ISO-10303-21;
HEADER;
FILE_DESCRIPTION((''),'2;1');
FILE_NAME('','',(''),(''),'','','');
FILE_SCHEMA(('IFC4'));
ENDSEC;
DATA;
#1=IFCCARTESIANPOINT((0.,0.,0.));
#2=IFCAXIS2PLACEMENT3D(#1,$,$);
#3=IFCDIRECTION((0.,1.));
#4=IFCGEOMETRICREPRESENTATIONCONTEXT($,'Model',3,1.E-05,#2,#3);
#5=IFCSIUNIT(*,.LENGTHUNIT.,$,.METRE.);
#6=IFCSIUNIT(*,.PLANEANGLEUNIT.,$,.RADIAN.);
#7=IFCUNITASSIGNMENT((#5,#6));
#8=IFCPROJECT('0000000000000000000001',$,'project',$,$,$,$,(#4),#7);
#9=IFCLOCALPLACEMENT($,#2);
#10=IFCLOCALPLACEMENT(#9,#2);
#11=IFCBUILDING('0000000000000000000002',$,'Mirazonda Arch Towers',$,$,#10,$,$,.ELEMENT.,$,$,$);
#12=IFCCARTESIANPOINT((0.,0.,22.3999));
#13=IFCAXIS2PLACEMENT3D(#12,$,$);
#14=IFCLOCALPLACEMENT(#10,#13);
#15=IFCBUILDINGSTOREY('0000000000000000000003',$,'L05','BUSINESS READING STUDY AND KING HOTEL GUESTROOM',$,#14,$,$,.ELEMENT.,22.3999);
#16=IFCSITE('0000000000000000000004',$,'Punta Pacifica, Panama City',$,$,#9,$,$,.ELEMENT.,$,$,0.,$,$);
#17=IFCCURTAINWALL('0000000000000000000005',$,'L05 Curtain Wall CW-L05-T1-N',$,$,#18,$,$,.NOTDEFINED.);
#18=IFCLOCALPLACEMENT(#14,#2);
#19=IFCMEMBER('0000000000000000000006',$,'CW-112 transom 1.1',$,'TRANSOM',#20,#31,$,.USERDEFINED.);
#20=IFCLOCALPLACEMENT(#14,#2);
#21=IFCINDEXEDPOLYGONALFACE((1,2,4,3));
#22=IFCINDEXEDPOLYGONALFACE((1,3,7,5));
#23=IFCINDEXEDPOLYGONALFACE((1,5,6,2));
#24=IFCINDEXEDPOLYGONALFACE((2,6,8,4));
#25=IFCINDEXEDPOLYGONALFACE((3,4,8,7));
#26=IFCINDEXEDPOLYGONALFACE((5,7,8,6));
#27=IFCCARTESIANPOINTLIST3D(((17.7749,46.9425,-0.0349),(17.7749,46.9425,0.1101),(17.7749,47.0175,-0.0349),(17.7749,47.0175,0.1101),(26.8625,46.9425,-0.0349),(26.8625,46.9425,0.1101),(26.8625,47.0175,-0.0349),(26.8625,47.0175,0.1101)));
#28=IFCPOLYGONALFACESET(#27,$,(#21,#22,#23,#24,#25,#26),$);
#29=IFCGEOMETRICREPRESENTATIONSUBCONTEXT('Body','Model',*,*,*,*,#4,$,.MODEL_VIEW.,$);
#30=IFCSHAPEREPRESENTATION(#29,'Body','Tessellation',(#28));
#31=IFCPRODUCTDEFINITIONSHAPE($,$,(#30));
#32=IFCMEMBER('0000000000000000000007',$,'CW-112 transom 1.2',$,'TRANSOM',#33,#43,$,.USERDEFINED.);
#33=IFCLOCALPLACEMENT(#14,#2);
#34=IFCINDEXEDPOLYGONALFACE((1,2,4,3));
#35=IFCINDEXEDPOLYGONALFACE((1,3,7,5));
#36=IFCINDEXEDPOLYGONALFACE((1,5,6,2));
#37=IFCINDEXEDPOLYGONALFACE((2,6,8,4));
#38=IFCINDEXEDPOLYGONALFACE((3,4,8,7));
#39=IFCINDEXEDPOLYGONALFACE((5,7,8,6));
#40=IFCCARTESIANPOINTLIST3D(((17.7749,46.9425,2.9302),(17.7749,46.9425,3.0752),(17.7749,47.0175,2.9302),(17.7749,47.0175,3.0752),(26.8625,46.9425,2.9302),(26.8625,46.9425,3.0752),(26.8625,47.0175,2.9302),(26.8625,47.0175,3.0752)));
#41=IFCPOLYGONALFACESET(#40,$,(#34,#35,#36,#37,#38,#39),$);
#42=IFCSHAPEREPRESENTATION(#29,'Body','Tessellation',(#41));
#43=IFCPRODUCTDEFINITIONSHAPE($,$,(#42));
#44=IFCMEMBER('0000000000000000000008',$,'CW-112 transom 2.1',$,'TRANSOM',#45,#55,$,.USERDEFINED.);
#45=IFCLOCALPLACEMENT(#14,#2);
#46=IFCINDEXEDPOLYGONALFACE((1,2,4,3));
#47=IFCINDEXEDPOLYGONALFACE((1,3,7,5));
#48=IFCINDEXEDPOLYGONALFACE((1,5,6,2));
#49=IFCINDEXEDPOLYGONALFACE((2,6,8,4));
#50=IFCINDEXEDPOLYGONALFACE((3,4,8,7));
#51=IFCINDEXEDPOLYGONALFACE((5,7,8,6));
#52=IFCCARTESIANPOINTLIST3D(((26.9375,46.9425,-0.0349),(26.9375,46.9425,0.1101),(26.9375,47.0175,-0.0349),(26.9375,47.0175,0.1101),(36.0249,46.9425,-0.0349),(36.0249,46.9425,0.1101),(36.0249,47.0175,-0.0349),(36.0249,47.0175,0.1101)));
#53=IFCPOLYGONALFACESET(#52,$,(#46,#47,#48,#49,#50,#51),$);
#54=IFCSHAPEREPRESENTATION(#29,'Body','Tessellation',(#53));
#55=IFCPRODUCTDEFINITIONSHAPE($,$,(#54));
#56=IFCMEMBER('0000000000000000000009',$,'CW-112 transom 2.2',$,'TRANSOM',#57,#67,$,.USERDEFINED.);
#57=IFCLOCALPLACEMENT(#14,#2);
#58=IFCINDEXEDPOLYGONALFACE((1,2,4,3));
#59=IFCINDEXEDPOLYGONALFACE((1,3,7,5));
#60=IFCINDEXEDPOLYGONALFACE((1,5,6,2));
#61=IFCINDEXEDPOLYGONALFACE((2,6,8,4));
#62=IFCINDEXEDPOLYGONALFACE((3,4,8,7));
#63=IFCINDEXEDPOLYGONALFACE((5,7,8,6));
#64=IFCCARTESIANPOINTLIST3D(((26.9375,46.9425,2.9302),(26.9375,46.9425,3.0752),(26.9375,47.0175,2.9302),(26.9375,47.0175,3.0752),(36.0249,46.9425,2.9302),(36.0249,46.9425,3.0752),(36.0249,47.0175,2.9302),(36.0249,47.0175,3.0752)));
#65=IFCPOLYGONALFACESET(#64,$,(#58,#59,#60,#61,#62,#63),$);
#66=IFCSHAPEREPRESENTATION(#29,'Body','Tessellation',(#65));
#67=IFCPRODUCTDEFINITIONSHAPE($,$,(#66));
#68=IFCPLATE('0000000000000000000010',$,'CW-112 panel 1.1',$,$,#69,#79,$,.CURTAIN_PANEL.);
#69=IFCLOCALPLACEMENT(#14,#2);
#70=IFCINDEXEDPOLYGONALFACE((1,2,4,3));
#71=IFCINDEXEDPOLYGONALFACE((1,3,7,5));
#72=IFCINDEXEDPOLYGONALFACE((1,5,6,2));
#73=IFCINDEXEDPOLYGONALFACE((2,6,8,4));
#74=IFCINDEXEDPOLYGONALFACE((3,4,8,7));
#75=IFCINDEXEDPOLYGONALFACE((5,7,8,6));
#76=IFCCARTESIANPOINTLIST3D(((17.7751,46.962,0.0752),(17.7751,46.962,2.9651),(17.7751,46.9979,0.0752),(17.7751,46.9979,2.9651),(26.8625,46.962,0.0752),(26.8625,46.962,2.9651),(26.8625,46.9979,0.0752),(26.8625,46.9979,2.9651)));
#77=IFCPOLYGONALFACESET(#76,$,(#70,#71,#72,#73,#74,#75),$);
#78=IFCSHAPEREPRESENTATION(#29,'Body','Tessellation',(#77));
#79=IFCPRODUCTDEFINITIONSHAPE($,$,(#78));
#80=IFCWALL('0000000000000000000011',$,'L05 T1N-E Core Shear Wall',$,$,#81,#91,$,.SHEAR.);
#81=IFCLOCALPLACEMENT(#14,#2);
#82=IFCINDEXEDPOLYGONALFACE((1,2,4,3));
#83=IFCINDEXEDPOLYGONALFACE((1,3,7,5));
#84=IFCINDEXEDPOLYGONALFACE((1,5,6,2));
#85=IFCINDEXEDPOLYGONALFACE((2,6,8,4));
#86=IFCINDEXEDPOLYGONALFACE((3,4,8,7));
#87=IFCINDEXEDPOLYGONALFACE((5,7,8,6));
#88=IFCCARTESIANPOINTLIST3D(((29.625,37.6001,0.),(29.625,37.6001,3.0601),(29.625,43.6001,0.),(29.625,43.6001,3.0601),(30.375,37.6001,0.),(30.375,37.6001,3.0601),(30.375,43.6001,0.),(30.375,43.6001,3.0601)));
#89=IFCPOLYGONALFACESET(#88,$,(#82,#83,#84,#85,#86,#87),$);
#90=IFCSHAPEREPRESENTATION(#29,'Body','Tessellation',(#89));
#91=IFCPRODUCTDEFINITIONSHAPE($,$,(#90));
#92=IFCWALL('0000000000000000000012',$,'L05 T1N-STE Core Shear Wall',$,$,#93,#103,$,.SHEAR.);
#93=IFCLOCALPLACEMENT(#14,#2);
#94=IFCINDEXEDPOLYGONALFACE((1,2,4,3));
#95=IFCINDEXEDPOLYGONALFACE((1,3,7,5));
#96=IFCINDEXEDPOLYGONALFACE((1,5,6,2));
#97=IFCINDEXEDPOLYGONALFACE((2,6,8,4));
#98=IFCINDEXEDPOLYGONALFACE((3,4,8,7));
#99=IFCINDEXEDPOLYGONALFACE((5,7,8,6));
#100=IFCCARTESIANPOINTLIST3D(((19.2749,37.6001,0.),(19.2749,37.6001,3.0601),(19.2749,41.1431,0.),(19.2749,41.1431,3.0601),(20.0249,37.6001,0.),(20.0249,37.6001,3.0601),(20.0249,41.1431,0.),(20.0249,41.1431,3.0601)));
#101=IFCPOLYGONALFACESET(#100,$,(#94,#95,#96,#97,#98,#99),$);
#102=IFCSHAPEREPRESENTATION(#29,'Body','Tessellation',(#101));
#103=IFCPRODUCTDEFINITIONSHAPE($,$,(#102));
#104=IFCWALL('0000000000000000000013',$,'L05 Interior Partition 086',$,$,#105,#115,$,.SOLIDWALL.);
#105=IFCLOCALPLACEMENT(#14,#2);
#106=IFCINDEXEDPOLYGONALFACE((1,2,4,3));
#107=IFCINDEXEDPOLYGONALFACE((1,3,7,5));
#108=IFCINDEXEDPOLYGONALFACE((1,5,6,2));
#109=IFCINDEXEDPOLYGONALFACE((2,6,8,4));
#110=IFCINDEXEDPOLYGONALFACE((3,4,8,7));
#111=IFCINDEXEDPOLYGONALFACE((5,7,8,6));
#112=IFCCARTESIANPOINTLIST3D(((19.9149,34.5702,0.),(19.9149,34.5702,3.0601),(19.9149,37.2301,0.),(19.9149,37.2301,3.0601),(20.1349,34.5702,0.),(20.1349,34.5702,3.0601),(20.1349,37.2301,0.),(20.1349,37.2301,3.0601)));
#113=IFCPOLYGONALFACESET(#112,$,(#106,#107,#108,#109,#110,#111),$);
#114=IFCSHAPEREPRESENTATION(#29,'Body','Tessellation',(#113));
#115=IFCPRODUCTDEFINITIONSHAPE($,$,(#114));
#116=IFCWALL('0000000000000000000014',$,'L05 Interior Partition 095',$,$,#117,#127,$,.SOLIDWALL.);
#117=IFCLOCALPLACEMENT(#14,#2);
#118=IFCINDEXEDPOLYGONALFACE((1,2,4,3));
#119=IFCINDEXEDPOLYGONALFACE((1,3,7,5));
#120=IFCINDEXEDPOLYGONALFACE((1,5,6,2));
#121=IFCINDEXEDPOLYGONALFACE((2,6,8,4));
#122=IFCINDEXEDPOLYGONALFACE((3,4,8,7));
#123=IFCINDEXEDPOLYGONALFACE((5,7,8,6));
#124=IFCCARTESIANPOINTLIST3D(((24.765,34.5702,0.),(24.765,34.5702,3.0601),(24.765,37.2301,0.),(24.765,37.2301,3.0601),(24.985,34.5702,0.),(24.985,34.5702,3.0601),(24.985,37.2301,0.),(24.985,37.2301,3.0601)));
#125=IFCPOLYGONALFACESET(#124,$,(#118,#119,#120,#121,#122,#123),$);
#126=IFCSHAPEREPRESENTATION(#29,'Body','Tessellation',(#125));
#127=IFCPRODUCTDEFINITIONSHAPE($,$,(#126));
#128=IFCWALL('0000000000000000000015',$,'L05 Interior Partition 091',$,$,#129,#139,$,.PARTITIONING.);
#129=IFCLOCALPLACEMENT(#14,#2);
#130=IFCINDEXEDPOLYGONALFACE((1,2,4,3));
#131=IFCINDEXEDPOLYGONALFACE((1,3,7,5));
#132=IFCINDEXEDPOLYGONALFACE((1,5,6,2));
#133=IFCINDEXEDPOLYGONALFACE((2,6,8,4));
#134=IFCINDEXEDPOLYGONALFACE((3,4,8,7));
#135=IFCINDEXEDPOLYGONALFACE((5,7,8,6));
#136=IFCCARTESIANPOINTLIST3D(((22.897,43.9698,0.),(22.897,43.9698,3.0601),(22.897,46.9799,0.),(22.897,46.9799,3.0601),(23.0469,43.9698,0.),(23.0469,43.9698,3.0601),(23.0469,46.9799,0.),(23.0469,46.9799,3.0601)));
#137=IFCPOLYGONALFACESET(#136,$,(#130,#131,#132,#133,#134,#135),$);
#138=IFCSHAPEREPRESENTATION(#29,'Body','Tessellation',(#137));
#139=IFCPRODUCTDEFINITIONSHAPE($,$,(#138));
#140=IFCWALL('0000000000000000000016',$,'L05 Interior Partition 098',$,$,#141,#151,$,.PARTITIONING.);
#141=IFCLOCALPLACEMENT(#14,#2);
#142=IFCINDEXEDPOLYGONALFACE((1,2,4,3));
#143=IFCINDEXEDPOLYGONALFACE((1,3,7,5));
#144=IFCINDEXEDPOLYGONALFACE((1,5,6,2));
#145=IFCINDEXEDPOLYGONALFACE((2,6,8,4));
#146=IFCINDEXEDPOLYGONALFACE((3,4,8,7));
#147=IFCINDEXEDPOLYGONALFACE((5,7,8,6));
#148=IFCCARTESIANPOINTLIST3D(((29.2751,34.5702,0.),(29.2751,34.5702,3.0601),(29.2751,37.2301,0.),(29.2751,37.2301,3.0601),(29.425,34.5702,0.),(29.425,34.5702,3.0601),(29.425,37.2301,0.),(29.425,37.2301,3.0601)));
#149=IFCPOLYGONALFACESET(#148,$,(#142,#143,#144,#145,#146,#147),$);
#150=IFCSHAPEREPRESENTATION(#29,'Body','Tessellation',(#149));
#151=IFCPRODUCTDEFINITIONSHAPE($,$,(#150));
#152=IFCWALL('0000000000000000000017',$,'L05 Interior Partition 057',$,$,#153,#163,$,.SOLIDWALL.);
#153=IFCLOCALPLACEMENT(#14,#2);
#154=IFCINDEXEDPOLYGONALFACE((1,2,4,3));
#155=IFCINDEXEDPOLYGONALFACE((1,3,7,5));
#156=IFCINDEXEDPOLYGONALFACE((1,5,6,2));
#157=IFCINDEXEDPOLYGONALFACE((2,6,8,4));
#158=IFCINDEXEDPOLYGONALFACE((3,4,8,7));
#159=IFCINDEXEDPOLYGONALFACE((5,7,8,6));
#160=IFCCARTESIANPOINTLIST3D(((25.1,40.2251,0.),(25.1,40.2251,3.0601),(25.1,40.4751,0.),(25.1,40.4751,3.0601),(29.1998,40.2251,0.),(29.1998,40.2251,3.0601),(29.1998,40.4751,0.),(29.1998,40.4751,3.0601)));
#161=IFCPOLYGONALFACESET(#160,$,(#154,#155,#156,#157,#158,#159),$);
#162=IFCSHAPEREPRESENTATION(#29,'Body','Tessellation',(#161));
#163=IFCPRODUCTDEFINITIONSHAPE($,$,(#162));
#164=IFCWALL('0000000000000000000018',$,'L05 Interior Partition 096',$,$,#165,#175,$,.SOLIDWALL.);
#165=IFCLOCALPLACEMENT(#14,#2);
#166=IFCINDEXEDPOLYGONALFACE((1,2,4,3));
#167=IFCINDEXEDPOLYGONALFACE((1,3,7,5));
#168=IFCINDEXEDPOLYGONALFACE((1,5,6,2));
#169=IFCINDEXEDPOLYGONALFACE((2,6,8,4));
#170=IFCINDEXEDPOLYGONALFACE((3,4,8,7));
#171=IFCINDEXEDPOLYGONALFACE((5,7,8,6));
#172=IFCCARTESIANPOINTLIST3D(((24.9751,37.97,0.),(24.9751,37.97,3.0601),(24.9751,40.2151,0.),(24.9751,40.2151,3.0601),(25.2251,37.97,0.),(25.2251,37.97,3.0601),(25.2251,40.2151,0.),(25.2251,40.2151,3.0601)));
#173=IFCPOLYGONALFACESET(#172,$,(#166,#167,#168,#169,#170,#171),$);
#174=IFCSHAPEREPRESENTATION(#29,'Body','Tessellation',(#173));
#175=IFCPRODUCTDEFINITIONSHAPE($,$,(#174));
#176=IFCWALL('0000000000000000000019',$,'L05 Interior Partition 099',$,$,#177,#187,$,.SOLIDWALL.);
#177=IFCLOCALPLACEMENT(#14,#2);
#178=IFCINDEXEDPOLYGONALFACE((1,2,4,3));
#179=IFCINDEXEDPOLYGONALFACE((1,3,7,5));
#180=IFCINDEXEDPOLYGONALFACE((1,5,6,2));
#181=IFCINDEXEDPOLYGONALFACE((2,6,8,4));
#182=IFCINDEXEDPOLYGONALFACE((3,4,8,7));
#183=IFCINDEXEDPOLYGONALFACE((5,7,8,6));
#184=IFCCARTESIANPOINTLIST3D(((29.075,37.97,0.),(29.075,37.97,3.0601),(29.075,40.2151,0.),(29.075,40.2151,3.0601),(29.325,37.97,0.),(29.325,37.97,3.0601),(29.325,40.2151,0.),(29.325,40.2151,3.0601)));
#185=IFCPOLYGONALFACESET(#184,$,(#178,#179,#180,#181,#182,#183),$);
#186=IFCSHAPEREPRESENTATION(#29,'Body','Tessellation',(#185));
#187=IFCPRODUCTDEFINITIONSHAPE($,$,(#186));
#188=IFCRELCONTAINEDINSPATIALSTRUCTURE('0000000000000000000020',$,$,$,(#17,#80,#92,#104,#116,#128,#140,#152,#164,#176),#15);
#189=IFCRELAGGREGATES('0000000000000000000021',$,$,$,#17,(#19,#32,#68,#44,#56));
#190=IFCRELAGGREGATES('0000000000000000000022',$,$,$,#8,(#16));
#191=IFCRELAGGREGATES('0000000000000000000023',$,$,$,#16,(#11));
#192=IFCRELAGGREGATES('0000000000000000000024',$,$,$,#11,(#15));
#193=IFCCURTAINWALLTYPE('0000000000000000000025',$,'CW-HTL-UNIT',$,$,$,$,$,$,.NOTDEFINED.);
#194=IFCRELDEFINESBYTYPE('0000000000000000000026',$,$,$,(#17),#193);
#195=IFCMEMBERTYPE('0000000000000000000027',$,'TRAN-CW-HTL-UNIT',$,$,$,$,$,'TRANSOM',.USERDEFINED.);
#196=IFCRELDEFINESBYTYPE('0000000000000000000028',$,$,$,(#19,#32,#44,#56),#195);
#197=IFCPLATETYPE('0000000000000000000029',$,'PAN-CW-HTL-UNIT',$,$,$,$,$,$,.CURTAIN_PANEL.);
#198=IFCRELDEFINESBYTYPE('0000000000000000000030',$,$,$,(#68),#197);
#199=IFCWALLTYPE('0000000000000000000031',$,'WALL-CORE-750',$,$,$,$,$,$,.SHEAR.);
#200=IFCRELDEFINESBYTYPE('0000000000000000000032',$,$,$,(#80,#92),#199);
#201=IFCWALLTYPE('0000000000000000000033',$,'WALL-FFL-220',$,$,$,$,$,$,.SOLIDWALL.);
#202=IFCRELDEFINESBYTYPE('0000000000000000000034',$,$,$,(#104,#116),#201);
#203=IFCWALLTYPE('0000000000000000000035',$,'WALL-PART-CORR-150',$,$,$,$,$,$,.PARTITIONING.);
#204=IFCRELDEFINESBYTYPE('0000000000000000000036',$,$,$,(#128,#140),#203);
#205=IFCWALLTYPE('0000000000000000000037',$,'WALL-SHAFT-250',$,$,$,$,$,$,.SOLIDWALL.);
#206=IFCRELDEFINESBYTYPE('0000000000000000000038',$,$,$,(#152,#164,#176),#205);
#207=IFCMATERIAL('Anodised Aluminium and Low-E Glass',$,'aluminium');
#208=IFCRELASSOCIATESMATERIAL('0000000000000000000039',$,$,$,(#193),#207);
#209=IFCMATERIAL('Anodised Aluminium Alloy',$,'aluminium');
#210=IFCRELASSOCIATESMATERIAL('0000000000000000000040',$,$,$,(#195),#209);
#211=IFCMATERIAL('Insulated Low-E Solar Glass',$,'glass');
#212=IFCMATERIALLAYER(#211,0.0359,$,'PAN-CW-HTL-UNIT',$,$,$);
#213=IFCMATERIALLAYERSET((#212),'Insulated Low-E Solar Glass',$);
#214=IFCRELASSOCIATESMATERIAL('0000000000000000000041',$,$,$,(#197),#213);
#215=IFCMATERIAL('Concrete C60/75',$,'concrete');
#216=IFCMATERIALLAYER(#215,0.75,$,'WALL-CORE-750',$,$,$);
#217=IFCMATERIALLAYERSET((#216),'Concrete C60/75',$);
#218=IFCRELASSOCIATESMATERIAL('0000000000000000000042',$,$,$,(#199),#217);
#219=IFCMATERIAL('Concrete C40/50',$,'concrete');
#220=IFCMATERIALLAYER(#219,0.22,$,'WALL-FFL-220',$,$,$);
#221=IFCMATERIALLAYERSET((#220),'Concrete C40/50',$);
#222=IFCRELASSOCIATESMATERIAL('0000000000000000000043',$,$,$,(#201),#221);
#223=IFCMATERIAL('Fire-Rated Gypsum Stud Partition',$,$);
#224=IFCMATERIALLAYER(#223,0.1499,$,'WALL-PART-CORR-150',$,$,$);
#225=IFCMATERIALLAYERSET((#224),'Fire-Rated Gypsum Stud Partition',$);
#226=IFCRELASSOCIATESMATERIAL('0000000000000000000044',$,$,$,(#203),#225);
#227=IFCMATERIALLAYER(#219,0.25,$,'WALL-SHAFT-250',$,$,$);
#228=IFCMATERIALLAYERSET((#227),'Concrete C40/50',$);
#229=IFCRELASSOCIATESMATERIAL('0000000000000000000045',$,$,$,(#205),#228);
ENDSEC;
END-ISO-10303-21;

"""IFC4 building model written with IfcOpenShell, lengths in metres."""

from ifc_helpers import new_model, si_unit, direction, frame, frame_2d, origin, origin_2d, place, context, subcontext, project, spatial, rectangle, extrude, material, layer, layer_set, material_profile, profile_set, type_object, element, aggregate, save


model = new_model("IFC4")

# Units and contexts
model_context = context("Model", 3, precision=1e-05, world=origin(), true_north=direction((0.0, 1.0)))
body_context = subcontext(model_context, "Body", "Model", "MODEL_VIEW")
ifc_project = project(units=[si_unit("LENGTHUNIT", "METRE"), si_unit("PLANEANGLEUNIT", "RADIAN")], contexts=[model_context])

# Site, building, storey
site_placement = place(None, origin())
site = spatial("IfcSite", under=ifc_project, at=site_placement, Name="Punta Pacifica, Panama City", CompositionType="ELEMENT", RefElevation=0.0)
building_placement = place(site_placement, origin())
building = spatial("IfcBuilding", under=site, at=building_placement, Name="Mirazonda Arch Towers", CompositionType="ELEMENT")
storey_placement = place(building_placement, frame((0.0, 0.0, 22.3999)))
storey = spatial("IfcBuildingStorey", under=building, at=storey_placement, Name="L05", Description="BUSINESS READING STUDY AND KING HOTEL GUESTROOM", CompositionType="ELEMENT", Elevation=22.3999)

# Shared definitions
ifc_material_1 = material(Name="Concrete C60/75", Category="concrete")

# Curtain wall, members, plate
ifc_material_2 = material(Name="Anodised Aluminium and Low-E Glass", Category="aluminium")
curtain_wall_type = type_object("IfcCurtainWallType", Name="CW-HTL-UNIT", PredefinedType="NOTDEFINED", material=ifc_material_2)
curtain_wall_placement = place(storey_placement, origin())
curtain_wall = element("IfcCurtainWall", 1, at=curtain_wall_placement, inside=storey, type_object=curtain_wall_type, Name="L05 Curtain Wall CW-L05-T1-N", PredefinedType="NOTDEFINED")
ifc_material_3 = material(Name="Anodised Aluminium Alloy", Category="aluminium")
ifc_material_profile_1 = material_profile(ifc_material_3, rectangle(XDim=0.075, YDim=0.145, at=origin_2d()), Name="ALU-TRAN-75x145")
ifc_profile_set_1 = profile_set([ifc_material_profile_1], Name="Anodised Aluminium Alloy")
member_type_1 = type_object("IfcMemberType", Name="TRAN-CW-HTL-UNIT", ElementType="TRANSOM", PredefinedType="USERDEFINED", material=ifc_profile_set_1)
member_1_placement = place(storey_placement, frame((17.7749, 46.98, 0.0376), z_axis=(1.0, 0.0, 0.0), x_axis=(0.0, 1.0, 0.0)))
member_1 = element("IfcMember", 2, at=member_1_placement, type_object=member_type_1, Name="CW-112 transom 1.1", ObjectType="TRANSOM", PredefinedType="USERDEFINED", context=body_context, shape_type="SweptSolid", body=[
    extrude(rectangle(XDim=0.075, YDim=0.145, at=origin_2d()), origin(), (0.0, 0.0, 1.0), 9.0876),
])
member_2_placement = place(storey_placement, frame((17.7749, 46.98, 3.0027), z_axis=(1.0, 0.0, 0.0), x_axis=(0.0, 1.0, 0.0)))
member_2 = element("IfcMember", 3, at=member_2_placement, type_object=member_type_1, Name="CW-112 transom 1.2", ObjectType="TRANSOM", PredefinedType="USERDEFINED", context=body_context, shape_type="SweptSolid", body=[
    extrude(rectangle(XDim=0.075, YDim=0.145, at=origin_2d()), origin(), (0.0, 0.0, 1.0), 9.0876),
])
member_3_placement = place(storey_placement, frame((26.9375, 46.98, 0.0376), z_axis=(1.0, 0.0, 0.0), x_axis=(0.0, 1.0, 0.0)))
member_3 = element("IfcMember", 4, at=member_3_placement, type_object=member_type_1, Name="CW-112 transom 2.1", ObjectType="TRANSOM", PredefinedType="USERDEFINED", context=body_context, shape_type="SweptSolid", body=[
    extrude(rectangle(XDim=0.075, YDim=0.145, at=origin_2d()), origin(), (0.0, 0.0, 1.0), 9.0874),
])
member_4_placement = place(storey_placement, frame((26.9375, 46.98, 3.0027), z_axis=(1.0, 0.0, 0.0), x_axis=(0.0, 1.0, 0.0)))
member_4 = element("IfcMember", 5, at=member_4_placement, type_object=member_type_1, Name="CW-112 transom 2.2", ObjectType="TRANSOM", PredefinedType="USERDEFINED", context=body_context, shape_type="SweptSolid", body=[
    extrude(rectangle(XDim=0.075, YDim=0.145, at=origin_2d()), origin(), (0.0, 0.0, 1.0), 9.0874),
])
ifc_material_4 = material(Name="Insulated Low-E Solar Glass", Category="glass")
ifc_layer_1 = layer(ifc_material_4, 0.0359, Name="PAN-CW-HTL-UNIT")
ifc_layer_set_1 = layer_set([ifc_layer_1], Name="Insulated Low-E Solar Glass")
plate_type = type_object("IfcPlateType", Name="PAN-CW-HTL-UNIT", PredefinedType="CURTAIN_PANEL", material=ifc_layer_set_1)
plate_placement = place(storey_placement, frame((22.3188, 46.98, 0.0752), z_axis=(0.0, 0.0, 1.0), x_axis=(1.0, 0.0, 0.0)))
plate = element("IfcPlate", 6, at=plate_placement, type_object=plate_type, Name="CW-112 panel 1.1", PredefinedType="CURTAIN_PANEL", context=body_context, shape_type="SweptSolid", body=[
    extrude(rectangle(XDim=9.0874, YDim=0.0359, at=origin_2d()), origin(), (0.0, 0.0, 1.0), 2.8899),
])
aggregate(curtain_wall, [member_1, member_2, plate, member_3, member_4])

# Walls
ifc_layer_2 = layer(ifc_material_1, 0.75, Name="WALL-CORE-750")
ifc_layer_set_2 = layer_set([ifc_layer_2], Name="Concrete C60/75")
wall_type_1 = type_object("IfcWallType", Name="WALL-CORE-750", PredefinedType="SHEAR", material=ifc_layer_set_2)
wall_1_placement = place(storey_placement, frame((30.0, 37.6001, 0.0), z_axis=(0.0, 0.0, 1.0), x_axis=(0.0, 1.0, 0.0)))
element("IfcWall", 7, at=wall_1_placement, inside=storey, type_object=wall_type_1, Name="L05 T1N-E Core Shear Wall", PredefinedType="SHEAR", context=body_context, shape_type="SweptSolid", body=[
    extrude(rectangle(XDim=6.0, YDim=0.75, at=frame_2d((3.0, 0.0))), origin(), (0.0, 0.0, 1.0), 3.0601),
])
wall_2_placement = place(storey_placement, frame((19.6499, 37.6001, 0.0), z_axis=(0.0, 0.0, 1.0), x_axis=(0.0, 1.0, 0.0)))
element("IfcWall", 8, at=wall_2_placement, inside=storey, type_object=wall_type_1, Name="L05 T1N-STE Core Shear Wall", PredefinedType="SHEAR", context=body_context, shape_type="SweptSolid", body=[
    extrude(rectangle(XDim=3.543, YDim=0.75, at=frame_2d((1.7715, 0.0))), origin(), (0.0, 0.0, 1.0), 3.0601),
])
ifc_material_5 = material(Name="Concrete C40/50", Category="concrete")
ifc_layer_3 = layer(ifc_material_5, 0.22, Name="WALL-FFL-220")
ifc_layer_set_3 = layer_set([ifc_layer_3], Name="Concrete C40/50")
wall_type_2 = type_object("IfcWallType", Name="WALL-FFL-220", PredefinedType="SOLIDWALL", material=ifc_layer_set_3)
for number, where, z_axis, x_axis, name in (
    (9, (20.0249, 34.5701, 0.0), (0.0, 0.0, 1.0), (0.0, 1.0, 0.0), "L05 Interior Partition 086"),
    (10, (24.875, 34.5701, 0.0), (0.0, 0.0, 1.0), (0.0, 1.0, 0.0), "L05 Interior Partition 095"),
):
    element("IfcWall", number, at=place(storey_placement, frame(where, z_axis=z_axis, x_axis=x_axis)), inside=storey, type_object=wall_type_2, Name=name, PredefinedType="SOLIDWALL", context=body_context, shape_type="SweptSolid", body=[
        extrude(rectangle(XDim=2.6599, YDim=0.22, at=frame_2d((1.3301, 0.0))), origin(), (0.0, 0.0, 1.0), 3.0601),
    ])
ifc_material_6 = material(Name="Fire-Rated Gypsum Stud Partition")
ifc_layer_4 = layer(ifc_material_6, 0.1499, Name="WALL-PART-CORR-150")
ifc_layer_set_4 = layer_set([ifc_layer_4], Name="Fire-Rated Gypsum Stud Partition")
wall_type_3 = type_object("IfcWallType", Name="WALL-PART-CORR-150", PredefinedType="PARTITIONING", material=ifc_layer_set_4)
wall_3_placement = place(storey_placement, frame((22.9719, 43.97, 0.0), z_axis=(0.0, 0.0, 1.0), x_axis=(0.0, 1.0, 0.0)))
element("IfcWall", 11, at=wall_3_placement, inside=storey, type_object=wall_type_3, Name="L05 Interior Partition 091", PredefinedType="PARTITIONING", context=body_context, shape_type="SweptSolid", body=[
    extrude(rectangle(XDim=3.01, YDim=0.1499, at=frame_2d((1.5049, 0.0))), origin(), (0.0, 0.0, 1.0), 3.0601),
])
wall_4_placement = place(storey_placement, frame((29.3501, 34.5701, 0.0), z_axis=(0.0, 0.0, 1.0), x_axis=(0.0, 1.0, 0.0)))
element("IfcWall", 12, at=wall_4_placement, inside=storey, type_object=wall_type_3, Name="L05 Interior Partition 098", PredefinedType="PARTITIONING", context=body_context, shape_type="SweptSolid", body=[
    extrude(rectangle(XDim=2.6599, YDim=0.1499, at=frame_2d((1.3301, 0.0))), origin(), (0.0, 0.0, 1.0), 3.0601),
])
ifc_layer_5 = layer(ifc_material_5, 0.25, Name="WALL-SHAFT-250")
ifc_layer_set_5 = layer_set([ifc_layer_5], Name="Concrete C40/50")
wall_type_4 = type_object("IfcWallType", Name="WALL-SHAFT-250", PredefinedType="SOLIDWALL", material=ifc_layer_set_5)
wall_5_placement = place(storey_placement, frame((25.1001, 40.3501, 0.0), z_axis=(0.0, 0.0, 1.0), x_axis=(1.0, 0.0, 0.0)))
element("IfcWall", 13, at=wall_5_placement, inside=storey, type_object=wall_type_4, Name="L05 Interior Partition 057", PredefinedType="SOLIDWALL", context=body_context, shape_type="SweptSolid", body=[
    extrude(rectangle(XDim=4.0999, YDim=0.25, at=frame_2d((2.0498, 0.0))), origin(), (0.0, 0.0, 1.0), 3.0601),
])
for number, where, z_axis, x_axis, name in (
    (14, (25.1001, 37.97, 0.0), (0.0, 0.0, 1.0), (0.0, 1.0, 0.0), "L05 Interior Partition 096"),
    (15, (29.2, 37.97, 0.0), (0.0, 0.0, 1.0), (0.0, 1.0, 0.0), "L05 Interior Partition 099"),
):
    element("IfcWall", number, at=place(storey_placement, frame(where, z_axis=z_axis, x_axis=x_axis)), inside=storey, type_object=wall_type_4, Name=name, PredefinedType="SOLIDWALL", context=body_context, shape_type="SweptSolid", body=[
        extrude(rectangle(XDim=2.2451, YDim=0.25, at=frame_2d((1.1226, 0.0))), origin(), (0.0, 0.0, 1.0), 3.0601),
    ])

save(model, "model.ifc")
